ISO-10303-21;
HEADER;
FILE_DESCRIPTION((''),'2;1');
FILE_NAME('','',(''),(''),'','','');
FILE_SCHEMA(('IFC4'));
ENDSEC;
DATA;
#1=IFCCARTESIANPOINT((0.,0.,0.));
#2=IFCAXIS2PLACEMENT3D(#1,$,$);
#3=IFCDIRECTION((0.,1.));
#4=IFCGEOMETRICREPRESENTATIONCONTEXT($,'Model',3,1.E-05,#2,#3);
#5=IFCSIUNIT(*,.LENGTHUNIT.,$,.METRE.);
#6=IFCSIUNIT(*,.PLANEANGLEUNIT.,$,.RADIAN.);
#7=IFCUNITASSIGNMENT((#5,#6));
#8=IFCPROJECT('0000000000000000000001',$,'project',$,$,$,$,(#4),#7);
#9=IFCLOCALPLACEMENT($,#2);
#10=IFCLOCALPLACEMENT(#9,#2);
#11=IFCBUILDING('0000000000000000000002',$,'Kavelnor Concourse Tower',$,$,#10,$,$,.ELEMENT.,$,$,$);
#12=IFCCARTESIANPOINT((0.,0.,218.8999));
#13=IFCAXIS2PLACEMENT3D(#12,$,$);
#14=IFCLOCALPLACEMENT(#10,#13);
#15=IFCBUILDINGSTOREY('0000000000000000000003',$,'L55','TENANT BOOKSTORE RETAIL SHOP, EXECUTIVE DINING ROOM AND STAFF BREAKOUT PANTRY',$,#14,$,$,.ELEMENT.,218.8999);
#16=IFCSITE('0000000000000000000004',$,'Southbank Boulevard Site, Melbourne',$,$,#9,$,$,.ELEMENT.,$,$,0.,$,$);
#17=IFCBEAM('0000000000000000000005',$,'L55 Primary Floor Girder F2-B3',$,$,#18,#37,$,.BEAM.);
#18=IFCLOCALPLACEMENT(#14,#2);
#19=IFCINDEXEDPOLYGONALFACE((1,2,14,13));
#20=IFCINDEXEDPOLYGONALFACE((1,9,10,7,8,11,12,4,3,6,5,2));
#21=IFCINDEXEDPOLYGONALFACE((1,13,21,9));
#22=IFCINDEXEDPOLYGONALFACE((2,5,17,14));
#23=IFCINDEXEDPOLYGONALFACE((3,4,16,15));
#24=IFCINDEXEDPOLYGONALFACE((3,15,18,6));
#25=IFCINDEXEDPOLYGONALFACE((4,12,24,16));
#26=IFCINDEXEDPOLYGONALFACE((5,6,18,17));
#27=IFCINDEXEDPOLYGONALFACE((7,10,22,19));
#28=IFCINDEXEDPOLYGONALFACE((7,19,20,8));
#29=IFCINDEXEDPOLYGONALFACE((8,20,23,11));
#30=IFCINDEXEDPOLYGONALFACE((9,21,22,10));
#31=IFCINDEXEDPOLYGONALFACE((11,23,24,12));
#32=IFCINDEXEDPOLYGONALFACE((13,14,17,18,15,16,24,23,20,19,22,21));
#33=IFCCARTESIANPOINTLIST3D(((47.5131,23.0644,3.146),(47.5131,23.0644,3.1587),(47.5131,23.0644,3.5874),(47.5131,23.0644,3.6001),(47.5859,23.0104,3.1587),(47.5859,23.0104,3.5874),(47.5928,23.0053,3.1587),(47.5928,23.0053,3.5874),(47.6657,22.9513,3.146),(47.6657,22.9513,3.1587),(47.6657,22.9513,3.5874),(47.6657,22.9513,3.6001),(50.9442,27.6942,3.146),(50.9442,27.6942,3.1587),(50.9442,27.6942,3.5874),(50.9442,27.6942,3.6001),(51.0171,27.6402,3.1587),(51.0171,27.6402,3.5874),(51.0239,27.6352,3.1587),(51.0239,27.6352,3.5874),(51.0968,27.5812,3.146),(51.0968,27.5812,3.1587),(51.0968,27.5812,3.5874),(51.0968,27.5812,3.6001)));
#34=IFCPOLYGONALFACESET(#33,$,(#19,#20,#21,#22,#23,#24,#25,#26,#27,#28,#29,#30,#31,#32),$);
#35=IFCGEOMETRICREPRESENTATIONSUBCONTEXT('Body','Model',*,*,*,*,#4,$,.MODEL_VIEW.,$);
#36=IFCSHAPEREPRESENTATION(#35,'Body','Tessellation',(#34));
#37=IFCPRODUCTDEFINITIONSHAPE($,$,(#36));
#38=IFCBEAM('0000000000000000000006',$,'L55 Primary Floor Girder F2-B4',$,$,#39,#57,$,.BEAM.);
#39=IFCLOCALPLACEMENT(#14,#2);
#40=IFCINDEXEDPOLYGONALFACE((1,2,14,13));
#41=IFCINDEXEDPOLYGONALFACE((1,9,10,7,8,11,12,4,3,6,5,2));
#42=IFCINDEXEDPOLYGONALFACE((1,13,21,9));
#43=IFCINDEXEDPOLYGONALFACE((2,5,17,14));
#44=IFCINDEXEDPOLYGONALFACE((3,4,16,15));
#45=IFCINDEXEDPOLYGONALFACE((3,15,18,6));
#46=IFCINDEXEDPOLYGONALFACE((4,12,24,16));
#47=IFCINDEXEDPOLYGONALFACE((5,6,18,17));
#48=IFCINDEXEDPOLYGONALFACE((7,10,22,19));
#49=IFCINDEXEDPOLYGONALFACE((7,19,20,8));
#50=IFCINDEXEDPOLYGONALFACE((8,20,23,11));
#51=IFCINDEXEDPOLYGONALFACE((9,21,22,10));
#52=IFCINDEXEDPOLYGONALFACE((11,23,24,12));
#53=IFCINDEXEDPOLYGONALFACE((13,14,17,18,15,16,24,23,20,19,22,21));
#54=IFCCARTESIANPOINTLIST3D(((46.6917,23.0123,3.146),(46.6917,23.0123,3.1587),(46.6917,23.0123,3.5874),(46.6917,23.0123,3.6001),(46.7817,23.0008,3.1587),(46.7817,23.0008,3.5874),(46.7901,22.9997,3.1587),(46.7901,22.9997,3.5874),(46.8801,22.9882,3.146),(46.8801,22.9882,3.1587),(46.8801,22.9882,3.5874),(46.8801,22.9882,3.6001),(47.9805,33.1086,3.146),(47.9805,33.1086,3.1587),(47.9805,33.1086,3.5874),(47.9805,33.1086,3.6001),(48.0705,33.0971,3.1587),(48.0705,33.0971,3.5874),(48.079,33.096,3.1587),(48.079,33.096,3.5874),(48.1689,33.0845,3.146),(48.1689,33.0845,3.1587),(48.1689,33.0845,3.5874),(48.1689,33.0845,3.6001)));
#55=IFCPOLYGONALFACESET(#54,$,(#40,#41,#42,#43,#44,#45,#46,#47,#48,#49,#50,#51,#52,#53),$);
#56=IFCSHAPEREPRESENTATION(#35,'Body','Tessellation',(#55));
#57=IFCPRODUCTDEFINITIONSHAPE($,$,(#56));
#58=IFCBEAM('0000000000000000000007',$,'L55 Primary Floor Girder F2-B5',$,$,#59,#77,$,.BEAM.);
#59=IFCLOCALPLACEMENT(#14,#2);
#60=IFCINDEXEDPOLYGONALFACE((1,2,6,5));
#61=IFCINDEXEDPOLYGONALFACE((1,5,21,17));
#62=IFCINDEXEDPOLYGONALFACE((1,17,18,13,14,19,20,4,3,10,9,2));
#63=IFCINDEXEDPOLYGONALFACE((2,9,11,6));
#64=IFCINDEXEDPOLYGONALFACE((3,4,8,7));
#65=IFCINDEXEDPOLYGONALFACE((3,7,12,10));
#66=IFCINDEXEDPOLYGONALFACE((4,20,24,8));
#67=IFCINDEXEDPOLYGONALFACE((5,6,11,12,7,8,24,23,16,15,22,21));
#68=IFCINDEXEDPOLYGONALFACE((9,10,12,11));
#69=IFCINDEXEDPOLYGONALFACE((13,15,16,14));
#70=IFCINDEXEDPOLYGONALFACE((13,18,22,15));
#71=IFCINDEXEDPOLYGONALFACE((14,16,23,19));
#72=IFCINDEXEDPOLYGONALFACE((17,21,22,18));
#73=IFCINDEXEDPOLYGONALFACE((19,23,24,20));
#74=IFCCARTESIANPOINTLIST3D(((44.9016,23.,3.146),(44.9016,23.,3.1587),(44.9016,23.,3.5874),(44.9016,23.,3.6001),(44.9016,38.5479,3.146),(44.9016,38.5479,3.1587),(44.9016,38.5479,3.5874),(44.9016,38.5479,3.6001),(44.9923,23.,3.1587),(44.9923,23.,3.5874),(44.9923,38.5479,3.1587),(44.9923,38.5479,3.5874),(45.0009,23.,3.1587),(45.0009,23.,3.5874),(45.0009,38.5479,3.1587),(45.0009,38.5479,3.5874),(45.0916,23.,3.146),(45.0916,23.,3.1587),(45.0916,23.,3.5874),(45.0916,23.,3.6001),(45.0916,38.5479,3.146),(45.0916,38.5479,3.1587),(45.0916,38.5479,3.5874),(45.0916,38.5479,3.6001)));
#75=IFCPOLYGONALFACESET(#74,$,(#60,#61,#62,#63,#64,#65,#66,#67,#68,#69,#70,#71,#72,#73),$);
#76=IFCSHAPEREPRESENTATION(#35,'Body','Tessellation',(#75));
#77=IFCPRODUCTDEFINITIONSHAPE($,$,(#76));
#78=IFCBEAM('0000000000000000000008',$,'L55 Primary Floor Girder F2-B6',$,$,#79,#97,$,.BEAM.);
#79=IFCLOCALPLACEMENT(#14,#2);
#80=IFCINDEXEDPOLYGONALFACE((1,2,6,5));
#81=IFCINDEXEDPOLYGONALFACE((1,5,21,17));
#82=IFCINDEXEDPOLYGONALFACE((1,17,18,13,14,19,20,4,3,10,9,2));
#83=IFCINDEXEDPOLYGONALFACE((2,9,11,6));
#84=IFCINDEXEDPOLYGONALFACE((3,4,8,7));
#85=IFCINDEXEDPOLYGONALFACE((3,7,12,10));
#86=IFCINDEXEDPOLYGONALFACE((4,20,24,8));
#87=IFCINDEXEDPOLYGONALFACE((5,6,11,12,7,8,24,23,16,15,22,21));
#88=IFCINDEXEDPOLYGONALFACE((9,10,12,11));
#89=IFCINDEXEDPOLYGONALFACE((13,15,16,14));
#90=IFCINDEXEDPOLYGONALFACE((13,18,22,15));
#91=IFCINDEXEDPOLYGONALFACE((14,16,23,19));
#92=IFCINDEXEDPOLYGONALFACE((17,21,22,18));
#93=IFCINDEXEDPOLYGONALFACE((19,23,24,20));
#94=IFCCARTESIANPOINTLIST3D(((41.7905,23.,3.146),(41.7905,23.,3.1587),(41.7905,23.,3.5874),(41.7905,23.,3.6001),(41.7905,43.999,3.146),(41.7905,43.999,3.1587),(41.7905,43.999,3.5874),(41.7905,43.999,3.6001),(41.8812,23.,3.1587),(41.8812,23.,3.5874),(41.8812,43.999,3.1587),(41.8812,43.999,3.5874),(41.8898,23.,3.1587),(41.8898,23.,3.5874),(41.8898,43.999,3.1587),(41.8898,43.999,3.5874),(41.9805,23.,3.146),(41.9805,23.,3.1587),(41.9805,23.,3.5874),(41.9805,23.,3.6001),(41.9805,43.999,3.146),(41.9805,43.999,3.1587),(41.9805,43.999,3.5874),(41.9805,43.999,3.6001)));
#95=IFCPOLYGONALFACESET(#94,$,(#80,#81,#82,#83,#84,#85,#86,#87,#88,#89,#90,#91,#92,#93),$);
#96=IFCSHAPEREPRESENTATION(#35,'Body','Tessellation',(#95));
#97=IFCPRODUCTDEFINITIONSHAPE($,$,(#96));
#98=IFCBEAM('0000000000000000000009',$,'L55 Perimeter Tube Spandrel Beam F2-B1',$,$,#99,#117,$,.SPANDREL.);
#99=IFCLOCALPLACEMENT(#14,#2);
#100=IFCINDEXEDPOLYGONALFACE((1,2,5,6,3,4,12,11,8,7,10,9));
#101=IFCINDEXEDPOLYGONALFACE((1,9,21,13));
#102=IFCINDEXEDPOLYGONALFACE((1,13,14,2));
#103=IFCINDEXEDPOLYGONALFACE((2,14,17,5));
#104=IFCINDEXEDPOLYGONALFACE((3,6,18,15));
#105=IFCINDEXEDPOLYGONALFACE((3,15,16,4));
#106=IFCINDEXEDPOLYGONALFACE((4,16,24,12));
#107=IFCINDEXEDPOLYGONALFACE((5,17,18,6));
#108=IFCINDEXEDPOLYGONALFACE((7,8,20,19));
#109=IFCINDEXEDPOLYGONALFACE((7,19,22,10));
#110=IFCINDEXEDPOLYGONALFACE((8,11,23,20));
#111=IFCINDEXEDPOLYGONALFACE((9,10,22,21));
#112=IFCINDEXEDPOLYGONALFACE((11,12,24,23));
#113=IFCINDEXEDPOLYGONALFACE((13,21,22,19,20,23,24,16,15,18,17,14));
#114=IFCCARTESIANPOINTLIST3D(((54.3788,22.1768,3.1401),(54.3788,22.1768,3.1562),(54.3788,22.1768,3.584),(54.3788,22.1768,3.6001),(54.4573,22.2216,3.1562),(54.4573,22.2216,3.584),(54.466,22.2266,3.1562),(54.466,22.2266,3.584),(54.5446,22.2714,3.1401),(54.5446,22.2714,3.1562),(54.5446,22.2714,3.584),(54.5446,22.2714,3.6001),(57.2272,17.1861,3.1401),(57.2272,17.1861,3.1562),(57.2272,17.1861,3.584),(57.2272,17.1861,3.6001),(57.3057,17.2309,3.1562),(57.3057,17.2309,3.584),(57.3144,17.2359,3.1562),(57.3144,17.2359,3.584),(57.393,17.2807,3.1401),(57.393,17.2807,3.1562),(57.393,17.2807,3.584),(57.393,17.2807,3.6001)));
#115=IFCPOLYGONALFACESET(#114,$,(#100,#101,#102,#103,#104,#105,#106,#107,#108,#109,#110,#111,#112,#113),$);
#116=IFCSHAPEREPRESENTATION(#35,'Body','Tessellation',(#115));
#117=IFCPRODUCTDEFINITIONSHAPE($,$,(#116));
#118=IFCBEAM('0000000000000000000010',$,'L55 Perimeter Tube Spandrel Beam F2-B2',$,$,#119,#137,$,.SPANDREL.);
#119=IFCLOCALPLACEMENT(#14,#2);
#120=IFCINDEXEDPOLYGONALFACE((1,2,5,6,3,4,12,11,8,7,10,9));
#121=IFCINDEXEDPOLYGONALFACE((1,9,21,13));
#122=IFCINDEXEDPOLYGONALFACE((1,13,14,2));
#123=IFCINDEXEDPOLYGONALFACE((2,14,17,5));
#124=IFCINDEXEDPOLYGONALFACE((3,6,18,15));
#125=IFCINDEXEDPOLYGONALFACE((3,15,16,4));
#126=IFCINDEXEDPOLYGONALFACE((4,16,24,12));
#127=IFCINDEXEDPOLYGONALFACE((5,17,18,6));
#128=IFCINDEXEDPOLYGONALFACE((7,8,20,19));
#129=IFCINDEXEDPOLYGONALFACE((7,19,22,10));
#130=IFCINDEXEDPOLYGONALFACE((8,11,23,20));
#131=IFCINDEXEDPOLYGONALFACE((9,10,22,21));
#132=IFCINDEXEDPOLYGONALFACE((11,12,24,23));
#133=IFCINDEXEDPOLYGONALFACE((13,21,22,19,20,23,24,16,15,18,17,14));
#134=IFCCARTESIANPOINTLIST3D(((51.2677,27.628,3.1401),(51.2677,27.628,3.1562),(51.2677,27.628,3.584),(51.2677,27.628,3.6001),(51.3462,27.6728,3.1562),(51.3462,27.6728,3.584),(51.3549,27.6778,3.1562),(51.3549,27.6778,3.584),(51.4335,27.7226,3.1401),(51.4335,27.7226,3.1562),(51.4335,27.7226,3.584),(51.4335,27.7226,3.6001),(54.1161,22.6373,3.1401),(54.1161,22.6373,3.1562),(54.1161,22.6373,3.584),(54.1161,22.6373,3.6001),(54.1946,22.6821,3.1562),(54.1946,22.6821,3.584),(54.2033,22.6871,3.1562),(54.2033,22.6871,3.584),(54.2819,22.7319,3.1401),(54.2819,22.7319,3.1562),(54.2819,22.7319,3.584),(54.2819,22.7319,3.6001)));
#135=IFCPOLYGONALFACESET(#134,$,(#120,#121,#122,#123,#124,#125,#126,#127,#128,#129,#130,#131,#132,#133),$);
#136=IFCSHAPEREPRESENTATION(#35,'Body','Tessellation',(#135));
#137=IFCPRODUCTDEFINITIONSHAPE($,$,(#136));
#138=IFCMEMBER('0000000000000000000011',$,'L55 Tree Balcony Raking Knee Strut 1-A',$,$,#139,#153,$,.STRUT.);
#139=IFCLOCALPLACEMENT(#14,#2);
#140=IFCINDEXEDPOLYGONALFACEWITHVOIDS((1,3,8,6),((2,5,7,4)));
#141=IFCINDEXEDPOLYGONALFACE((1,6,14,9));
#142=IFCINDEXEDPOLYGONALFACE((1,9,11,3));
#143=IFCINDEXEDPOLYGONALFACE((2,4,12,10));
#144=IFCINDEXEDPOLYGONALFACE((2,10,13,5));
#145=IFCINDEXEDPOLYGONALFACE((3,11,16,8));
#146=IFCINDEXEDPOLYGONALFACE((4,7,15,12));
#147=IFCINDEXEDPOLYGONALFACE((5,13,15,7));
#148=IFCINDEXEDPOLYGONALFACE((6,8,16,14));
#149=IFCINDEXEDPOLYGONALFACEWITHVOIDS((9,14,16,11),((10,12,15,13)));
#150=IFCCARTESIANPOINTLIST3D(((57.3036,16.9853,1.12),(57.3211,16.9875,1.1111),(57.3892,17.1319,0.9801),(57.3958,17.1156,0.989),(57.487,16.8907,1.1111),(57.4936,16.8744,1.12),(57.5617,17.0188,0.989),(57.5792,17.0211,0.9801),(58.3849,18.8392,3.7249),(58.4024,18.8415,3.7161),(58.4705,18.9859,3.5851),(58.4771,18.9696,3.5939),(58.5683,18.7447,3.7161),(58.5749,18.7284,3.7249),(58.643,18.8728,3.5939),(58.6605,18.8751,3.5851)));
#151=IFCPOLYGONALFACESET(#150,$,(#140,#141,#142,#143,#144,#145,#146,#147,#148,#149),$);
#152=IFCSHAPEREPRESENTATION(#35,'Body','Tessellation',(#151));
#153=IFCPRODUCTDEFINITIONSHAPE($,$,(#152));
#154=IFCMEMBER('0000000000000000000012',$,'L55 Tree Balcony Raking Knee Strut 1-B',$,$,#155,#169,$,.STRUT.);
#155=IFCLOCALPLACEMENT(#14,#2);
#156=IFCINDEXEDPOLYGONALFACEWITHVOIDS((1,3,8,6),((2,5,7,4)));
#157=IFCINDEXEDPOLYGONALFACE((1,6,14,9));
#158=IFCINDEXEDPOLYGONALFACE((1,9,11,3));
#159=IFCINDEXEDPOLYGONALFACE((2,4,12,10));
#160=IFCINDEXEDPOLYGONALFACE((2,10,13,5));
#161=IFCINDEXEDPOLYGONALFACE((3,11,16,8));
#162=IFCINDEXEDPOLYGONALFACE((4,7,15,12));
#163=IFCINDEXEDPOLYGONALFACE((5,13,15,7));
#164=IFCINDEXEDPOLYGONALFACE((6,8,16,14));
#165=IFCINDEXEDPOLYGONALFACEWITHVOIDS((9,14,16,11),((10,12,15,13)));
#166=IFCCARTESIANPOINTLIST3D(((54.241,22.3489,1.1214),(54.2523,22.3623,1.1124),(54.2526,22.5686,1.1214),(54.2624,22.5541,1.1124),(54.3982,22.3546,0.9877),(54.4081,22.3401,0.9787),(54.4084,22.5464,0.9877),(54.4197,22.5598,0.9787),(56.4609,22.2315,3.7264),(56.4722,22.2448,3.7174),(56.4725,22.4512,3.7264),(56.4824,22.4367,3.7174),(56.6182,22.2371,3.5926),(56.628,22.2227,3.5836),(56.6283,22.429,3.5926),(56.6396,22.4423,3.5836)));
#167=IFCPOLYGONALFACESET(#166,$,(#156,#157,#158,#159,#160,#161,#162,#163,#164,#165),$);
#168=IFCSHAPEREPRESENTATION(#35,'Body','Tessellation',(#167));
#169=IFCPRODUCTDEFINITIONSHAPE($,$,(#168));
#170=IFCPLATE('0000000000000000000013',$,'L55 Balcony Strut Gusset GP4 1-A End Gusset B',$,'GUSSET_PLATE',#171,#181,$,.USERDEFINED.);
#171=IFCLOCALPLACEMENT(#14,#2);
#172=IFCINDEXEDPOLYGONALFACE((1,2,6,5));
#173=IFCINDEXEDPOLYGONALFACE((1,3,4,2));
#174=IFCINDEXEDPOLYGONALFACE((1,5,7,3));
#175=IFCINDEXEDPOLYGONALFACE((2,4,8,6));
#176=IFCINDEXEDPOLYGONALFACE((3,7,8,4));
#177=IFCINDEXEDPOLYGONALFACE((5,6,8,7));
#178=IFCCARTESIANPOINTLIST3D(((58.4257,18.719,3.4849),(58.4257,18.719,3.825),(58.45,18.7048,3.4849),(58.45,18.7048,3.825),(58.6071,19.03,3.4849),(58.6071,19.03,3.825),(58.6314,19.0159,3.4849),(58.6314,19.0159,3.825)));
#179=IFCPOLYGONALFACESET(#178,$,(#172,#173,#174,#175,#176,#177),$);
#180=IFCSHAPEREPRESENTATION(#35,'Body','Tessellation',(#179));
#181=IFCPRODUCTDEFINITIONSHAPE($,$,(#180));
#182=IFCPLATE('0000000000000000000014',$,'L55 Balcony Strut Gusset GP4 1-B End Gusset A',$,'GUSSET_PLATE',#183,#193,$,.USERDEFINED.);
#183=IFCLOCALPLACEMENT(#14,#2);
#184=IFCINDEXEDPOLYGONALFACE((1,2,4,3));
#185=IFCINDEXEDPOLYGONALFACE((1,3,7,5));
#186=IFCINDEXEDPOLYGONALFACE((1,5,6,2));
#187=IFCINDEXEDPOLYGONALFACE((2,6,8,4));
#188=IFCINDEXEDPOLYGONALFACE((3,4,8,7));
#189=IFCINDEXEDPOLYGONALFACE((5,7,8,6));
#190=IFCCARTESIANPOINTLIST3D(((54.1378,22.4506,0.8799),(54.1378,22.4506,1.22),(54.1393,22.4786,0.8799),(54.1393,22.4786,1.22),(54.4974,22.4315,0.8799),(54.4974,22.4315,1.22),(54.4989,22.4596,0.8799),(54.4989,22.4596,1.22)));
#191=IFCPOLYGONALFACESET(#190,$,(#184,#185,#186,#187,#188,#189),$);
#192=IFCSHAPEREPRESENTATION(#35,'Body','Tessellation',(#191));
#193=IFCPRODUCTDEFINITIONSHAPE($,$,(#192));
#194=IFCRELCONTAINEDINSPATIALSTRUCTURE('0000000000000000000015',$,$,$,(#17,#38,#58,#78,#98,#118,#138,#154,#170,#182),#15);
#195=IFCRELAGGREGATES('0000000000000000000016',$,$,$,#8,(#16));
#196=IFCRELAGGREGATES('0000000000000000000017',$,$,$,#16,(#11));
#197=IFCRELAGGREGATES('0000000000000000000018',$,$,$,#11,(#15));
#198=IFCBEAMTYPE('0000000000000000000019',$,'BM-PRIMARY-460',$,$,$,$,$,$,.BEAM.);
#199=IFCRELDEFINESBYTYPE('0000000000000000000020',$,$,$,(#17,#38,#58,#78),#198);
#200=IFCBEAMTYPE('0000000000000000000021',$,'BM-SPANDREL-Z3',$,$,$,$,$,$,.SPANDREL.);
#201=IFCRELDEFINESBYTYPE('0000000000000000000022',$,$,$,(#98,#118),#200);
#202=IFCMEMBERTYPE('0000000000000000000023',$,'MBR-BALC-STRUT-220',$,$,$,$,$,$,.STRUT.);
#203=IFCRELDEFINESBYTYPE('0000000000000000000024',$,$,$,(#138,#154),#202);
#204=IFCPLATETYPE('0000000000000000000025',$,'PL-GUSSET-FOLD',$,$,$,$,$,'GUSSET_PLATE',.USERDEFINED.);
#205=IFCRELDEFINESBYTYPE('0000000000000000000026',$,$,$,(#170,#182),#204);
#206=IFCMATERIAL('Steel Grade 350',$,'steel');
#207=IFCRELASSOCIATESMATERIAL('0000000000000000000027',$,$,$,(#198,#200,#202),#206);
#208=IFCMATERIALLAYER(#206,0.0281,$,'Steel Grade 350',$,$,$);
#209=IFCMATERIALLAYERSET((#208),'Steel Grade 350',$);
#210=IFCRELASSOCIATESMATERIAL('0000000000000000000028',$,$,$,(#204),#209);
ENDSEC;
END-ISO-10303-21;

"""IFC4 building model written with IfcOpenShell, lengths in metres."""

from ifc_helpers import new_model, si_unit, direction, frame, origin, origin_2d, place, context, subcontext, project, spatial, rectangle, hollow_rectangle, i_section, extrude, material, layer, layer_set, material_profile, profile_set, type_object, element, save


model = new_model("IFC4")

# Units and contexts
model_context = context("Model", 3, precision=1e-05, world=origin(), true_north=direction((0.0, 1.0)))
body_context = subcontext(model_context, "Body", "Model", "MODEL_VIEW")
ifc_project = project(units=[si_unit("LENGTHUNIT", "METRE"), si_unit("PLANEANGLEUNIT", "RADIAN")], contexts=[model_context])

# Site, building, storey
site_placement = place(None, origin())
site = spatial("IfcSite", under=ifc_project, at=site_placement, Name="Southbank Boulevard Site, Melbourne", CompositionType="ELEMENT", RefElevation=0.0)
building_placement = place(site_placement, origin())
building = spatial("IfcBuilding", under=site, at=building_placement, Name="Kavelnor Concourse Tower", CompositionType="ELEMENT")
storey_placement = place(building_placement, frame((0.0, 0.0, 218.8999)))
storey = spatial("IfcBuildingStorey", under=building, at=storey_placement, Name="L55", Description="TENANT BOOKSTORE RETAIL SHOP, EXECUTIVE DINING ROOM AND STAFF BREAKOUT PANTRY", CompositionType="ELEMENT", Elevation=218.8999)

# Shared definitions
ifc_material_1 = material(Name="Steel Grade 350", Category="steel")

# Beams
ifc_material_profile_1 = material_profile(ifc_material_1, i_section(OverallWidth=0.1899, OverallDepth=0.4541, WebThickness=0.0085, FlangeThickness=0.0127, at=origin_2d()), Name="460UB67")
ifc_profile_set_1 = profile_set([ifc_material_profile_1], Name="Steel Grade 350")
beam_type_1 = type_object("IfcBeamType", Name="BM-PRIMARY-460", PredefinedType="BEAM", material=ifc_profile_set_1)
beam_1_placement = place(storey_placement, frame((47.5894, 23.0078, 3.373), z_axis=(0.595408, 0.803424, 0.0), x_axis=(-0.803424, 0.595408, 0.0)))
element("IfcBeam", 1, at=beam_1_placement, inside=storey, type_object=beam_type_1, Name="L55 Primary Floor Girder F2-B3", PredefinedType="BEAM", context=body_context, shape_type="SweptSolid", body=[
    extrude(i_section(OverallWidth=0.1899, OverallDepth=0.4541, WebThickness=0.0085, FlangeThickness=0.0127, at=origin_2d()), origin(), (0.0, 0.0, 1.0), 5.7627),
])
beam_2_placement = place(storey_placement, frame((46.7859, 23.0002, 3.373), z_axis=(0.126626, 0.99195, 0.0), x_axis=(-0.99195, 0.126626, 0.0)))
element("IfcBeam", 2, at=beam_2_placement, inside=storey, type_object=beam_type_1, Name="L55 Primary Floor Girder F2-B4", PredefinedType="BEAM", context=body_context, shape_type="SweptSolid", body=[
    extrude(i_section(OverallWidth=0.1899, OverallDepth=0.4541, WebThickness=0.0085, FlangeThickness=0.0127, at=origin_2d()), origin(), (0.0, 0.0, 1.0), 10.1782),
])
beam_3_placement = place(storey_placement, frame((44.9966, 23.0, 3.373), z_axis=(0.0, 1.0, 0.0), x_axis=(-1.0, 0.0, 0.0)))
element("IfcBeam", 3, at=beam_3_placement, inside=storey, type_object=beam_type_1, Name="L55 Primary Floor Girder F2-B5", PredefinedType="BEAM", context=body_context, shape_type="SweptSolid", body=[
    extrude(i_section(OverallWidth=0.1899, OverallDepth=0.4541, WebThickness=0.0085, FlangeThickness=0.0127, at=origin_2d()), origin(), (0.0, 0.0, 1.0), 15.5479),
])
beam_4_placement = place(storey_placement, frame((41.8855, 23.0, 3.373), z_axis=(0.0, 1.0, 0.0), x_axis=(-1.0, 0.0, 0.0)))
element("IfcBeam", 4, at=beam_4_placement, inside=storey, type_object=beam_type_1, Name="L55 Primary Floor Girder F2-B6", PredefinedType="BEAM", context=body_context, shape_type="SweptSolid", body=[
    extrude(i_section(OverallWidth=0.1899, OverallDepth=0.4541, WebThickness=0.0085, FlangeThickness=0.0127, at=origin_2d()), origin(), (0.0, 0.0, 1.0), 20.999),
])
ifc_material_profile_2 = material_profile(ifc_material_1, i_section(OverallWidth=0.1909, OverallDepth=0.46, WebThickness=0.01, FlangeThickness=0.0161, at=origin_2d()), Name="460UB82")
ifc_profile_set_2 = profile_set([ifc_material_profile_2], Name="Steel Grade 350")
beam_type_2 = type_object("IfcBeamType", Name="BM-SPANDREL-Z3", PredefinedType="SPANDREL", material=ifc_profile_set_2)
for number, where, z_axis, x_axis, name in (
    (5, (57.3101, 17.2334, 3.3701), (-0.495686, 0.868502, 0.0), (-0.868502, -0.495686, 0.0), "L55 Perimeter Tube Spandrel Beam F2-B1"),
    (6, (54.199, 22.6846, 3.3701), (-0.495686, 0.868502, 0.0), (-0.868502, -0.495686, 0.0), "L55 Perimeter Tube Spandrel Beam F2-B2"),
):
    element("IfcBeam", number, at=place(storey_placement, frame(where, z_axis=z_axis, x_axis=x_axis)), inside=storey, type_object=beam_type_2, Name=name, PredefinedType="SPANDREL", context=body_context, shape_type="SweptSolid", body=[
        extrude(i_section(OverallWidth=0.1909, OverallDepth=0.46, WebThickness=0.01, FlangeThickness=0.0161, at=origin_2d()), origin(), (0.0, 0.0, 1.0), 5.7463),
    ])

# Members
ifc_material_profile_3 = material_profile(ifc_material_1, hollow_rectangle(XDim=0.22, YDim=0.22, WallThickness=0.0139, at=origin_2d()), Name="SHS 220x220x14")
ifc_profile_set_3 = profile_set([ifc_material_profile_3], Name="Steel Grade 350")
member_type = type_object("IfcMemberType", Name="MBR-BALC-STRUT-220", PredefinedType="STRUT", material=ifc_profile_set_3)
member_1_placement = place(storey_placement, frame((57.4414, 17.0032, 1.05), z_axis=(0.320359, 0.54929, 0.771784), x_axis=(-0.86382, 0.5038, 0.0)))
element("IfcMember", 7, at=member_1_placement, inside=storey, type_object=member_type, Name="L55 Tree Balcony Raking Knee Strut 1-A", PredefinedType="STRUT", context=body_context, shape_type="SweptSolid", body=[
    extrude(hollow_rectangle(XDim=0.22, YDim=0.22, WallThickness=0.0139, at=origin_2d()), origin(), (0.0, 0.0, 1.0), 3.3752),
])
member_2_placement = place(storey_placement, frame((54.3303, 22.4543, 1.05), z_axis=(0.64824, -0.03429, 0.760664), x_axis=(0.052824, 0.998604, 0.0)))
element("IfcMember", 8, at=member_2_placement, inside=storey, type_object=member_type, Name="L55 Tree Balcony Raking Knee Strut 1-B", PredefinedType="STRUT", context=body_context, shape_type="SweptSolid", body=[
    extrude(hollow_rectangle(XDim=0.22, YDim=0.22, WallThickness=0.0139, at=origin_2d()), origin(), (0.0, 0.0, 1.0), 3.4246),
])

# Plates
ifc_layer_1 = layer(ifc_material_1, 0.0281, Name="Steel Grade 350")
ifc_layer_set_1 = layer_set([ifc_layer_1], Name="Steel Grade 350")
plate_type_1 = type_object("IfcPlateType", Name="PL-GUSSET-FOLD", ElementType="GUSSET_PLATE", PredefinedType="USERDEFINED", material=ifc_layer_set_1)
for number, where, z_axis, x_axis, name in (
    (9, (58.5286, 18.8674, 3.4849), (0.0, 0.0, 1.0), (0.503774, 0.863836, 0.0), "L55 Balcony Strut Gusset GP4 1-A End Gusset B"),
    (10, (54.3184, 22.4551, 0.8799), (0.0, 0.0, 1.0), (0.998602, -0.052859, 0.0), "L55 Balcony Strut Gusset GP4 1-B End Gusset A"),
):
    element("IfcPlate", number, at=place(storey_placement, frame(where, z_axis=z_axis, x_axis=x_axis)), inside=storey, type_object=plate_type_1, Name=name, ObjectType="GUSSET_PLATE", PredefinedType="USERDEFINED", context=body_context, shape_type="SweptSolid", body=[
        extrude(rectangle(XDim=0.3601, YDim=0.0281, at=origin_2d()), origin(), (0.0, 0.0, 1.0), 0.3401),
    ])

save(model, "model.ifc")
